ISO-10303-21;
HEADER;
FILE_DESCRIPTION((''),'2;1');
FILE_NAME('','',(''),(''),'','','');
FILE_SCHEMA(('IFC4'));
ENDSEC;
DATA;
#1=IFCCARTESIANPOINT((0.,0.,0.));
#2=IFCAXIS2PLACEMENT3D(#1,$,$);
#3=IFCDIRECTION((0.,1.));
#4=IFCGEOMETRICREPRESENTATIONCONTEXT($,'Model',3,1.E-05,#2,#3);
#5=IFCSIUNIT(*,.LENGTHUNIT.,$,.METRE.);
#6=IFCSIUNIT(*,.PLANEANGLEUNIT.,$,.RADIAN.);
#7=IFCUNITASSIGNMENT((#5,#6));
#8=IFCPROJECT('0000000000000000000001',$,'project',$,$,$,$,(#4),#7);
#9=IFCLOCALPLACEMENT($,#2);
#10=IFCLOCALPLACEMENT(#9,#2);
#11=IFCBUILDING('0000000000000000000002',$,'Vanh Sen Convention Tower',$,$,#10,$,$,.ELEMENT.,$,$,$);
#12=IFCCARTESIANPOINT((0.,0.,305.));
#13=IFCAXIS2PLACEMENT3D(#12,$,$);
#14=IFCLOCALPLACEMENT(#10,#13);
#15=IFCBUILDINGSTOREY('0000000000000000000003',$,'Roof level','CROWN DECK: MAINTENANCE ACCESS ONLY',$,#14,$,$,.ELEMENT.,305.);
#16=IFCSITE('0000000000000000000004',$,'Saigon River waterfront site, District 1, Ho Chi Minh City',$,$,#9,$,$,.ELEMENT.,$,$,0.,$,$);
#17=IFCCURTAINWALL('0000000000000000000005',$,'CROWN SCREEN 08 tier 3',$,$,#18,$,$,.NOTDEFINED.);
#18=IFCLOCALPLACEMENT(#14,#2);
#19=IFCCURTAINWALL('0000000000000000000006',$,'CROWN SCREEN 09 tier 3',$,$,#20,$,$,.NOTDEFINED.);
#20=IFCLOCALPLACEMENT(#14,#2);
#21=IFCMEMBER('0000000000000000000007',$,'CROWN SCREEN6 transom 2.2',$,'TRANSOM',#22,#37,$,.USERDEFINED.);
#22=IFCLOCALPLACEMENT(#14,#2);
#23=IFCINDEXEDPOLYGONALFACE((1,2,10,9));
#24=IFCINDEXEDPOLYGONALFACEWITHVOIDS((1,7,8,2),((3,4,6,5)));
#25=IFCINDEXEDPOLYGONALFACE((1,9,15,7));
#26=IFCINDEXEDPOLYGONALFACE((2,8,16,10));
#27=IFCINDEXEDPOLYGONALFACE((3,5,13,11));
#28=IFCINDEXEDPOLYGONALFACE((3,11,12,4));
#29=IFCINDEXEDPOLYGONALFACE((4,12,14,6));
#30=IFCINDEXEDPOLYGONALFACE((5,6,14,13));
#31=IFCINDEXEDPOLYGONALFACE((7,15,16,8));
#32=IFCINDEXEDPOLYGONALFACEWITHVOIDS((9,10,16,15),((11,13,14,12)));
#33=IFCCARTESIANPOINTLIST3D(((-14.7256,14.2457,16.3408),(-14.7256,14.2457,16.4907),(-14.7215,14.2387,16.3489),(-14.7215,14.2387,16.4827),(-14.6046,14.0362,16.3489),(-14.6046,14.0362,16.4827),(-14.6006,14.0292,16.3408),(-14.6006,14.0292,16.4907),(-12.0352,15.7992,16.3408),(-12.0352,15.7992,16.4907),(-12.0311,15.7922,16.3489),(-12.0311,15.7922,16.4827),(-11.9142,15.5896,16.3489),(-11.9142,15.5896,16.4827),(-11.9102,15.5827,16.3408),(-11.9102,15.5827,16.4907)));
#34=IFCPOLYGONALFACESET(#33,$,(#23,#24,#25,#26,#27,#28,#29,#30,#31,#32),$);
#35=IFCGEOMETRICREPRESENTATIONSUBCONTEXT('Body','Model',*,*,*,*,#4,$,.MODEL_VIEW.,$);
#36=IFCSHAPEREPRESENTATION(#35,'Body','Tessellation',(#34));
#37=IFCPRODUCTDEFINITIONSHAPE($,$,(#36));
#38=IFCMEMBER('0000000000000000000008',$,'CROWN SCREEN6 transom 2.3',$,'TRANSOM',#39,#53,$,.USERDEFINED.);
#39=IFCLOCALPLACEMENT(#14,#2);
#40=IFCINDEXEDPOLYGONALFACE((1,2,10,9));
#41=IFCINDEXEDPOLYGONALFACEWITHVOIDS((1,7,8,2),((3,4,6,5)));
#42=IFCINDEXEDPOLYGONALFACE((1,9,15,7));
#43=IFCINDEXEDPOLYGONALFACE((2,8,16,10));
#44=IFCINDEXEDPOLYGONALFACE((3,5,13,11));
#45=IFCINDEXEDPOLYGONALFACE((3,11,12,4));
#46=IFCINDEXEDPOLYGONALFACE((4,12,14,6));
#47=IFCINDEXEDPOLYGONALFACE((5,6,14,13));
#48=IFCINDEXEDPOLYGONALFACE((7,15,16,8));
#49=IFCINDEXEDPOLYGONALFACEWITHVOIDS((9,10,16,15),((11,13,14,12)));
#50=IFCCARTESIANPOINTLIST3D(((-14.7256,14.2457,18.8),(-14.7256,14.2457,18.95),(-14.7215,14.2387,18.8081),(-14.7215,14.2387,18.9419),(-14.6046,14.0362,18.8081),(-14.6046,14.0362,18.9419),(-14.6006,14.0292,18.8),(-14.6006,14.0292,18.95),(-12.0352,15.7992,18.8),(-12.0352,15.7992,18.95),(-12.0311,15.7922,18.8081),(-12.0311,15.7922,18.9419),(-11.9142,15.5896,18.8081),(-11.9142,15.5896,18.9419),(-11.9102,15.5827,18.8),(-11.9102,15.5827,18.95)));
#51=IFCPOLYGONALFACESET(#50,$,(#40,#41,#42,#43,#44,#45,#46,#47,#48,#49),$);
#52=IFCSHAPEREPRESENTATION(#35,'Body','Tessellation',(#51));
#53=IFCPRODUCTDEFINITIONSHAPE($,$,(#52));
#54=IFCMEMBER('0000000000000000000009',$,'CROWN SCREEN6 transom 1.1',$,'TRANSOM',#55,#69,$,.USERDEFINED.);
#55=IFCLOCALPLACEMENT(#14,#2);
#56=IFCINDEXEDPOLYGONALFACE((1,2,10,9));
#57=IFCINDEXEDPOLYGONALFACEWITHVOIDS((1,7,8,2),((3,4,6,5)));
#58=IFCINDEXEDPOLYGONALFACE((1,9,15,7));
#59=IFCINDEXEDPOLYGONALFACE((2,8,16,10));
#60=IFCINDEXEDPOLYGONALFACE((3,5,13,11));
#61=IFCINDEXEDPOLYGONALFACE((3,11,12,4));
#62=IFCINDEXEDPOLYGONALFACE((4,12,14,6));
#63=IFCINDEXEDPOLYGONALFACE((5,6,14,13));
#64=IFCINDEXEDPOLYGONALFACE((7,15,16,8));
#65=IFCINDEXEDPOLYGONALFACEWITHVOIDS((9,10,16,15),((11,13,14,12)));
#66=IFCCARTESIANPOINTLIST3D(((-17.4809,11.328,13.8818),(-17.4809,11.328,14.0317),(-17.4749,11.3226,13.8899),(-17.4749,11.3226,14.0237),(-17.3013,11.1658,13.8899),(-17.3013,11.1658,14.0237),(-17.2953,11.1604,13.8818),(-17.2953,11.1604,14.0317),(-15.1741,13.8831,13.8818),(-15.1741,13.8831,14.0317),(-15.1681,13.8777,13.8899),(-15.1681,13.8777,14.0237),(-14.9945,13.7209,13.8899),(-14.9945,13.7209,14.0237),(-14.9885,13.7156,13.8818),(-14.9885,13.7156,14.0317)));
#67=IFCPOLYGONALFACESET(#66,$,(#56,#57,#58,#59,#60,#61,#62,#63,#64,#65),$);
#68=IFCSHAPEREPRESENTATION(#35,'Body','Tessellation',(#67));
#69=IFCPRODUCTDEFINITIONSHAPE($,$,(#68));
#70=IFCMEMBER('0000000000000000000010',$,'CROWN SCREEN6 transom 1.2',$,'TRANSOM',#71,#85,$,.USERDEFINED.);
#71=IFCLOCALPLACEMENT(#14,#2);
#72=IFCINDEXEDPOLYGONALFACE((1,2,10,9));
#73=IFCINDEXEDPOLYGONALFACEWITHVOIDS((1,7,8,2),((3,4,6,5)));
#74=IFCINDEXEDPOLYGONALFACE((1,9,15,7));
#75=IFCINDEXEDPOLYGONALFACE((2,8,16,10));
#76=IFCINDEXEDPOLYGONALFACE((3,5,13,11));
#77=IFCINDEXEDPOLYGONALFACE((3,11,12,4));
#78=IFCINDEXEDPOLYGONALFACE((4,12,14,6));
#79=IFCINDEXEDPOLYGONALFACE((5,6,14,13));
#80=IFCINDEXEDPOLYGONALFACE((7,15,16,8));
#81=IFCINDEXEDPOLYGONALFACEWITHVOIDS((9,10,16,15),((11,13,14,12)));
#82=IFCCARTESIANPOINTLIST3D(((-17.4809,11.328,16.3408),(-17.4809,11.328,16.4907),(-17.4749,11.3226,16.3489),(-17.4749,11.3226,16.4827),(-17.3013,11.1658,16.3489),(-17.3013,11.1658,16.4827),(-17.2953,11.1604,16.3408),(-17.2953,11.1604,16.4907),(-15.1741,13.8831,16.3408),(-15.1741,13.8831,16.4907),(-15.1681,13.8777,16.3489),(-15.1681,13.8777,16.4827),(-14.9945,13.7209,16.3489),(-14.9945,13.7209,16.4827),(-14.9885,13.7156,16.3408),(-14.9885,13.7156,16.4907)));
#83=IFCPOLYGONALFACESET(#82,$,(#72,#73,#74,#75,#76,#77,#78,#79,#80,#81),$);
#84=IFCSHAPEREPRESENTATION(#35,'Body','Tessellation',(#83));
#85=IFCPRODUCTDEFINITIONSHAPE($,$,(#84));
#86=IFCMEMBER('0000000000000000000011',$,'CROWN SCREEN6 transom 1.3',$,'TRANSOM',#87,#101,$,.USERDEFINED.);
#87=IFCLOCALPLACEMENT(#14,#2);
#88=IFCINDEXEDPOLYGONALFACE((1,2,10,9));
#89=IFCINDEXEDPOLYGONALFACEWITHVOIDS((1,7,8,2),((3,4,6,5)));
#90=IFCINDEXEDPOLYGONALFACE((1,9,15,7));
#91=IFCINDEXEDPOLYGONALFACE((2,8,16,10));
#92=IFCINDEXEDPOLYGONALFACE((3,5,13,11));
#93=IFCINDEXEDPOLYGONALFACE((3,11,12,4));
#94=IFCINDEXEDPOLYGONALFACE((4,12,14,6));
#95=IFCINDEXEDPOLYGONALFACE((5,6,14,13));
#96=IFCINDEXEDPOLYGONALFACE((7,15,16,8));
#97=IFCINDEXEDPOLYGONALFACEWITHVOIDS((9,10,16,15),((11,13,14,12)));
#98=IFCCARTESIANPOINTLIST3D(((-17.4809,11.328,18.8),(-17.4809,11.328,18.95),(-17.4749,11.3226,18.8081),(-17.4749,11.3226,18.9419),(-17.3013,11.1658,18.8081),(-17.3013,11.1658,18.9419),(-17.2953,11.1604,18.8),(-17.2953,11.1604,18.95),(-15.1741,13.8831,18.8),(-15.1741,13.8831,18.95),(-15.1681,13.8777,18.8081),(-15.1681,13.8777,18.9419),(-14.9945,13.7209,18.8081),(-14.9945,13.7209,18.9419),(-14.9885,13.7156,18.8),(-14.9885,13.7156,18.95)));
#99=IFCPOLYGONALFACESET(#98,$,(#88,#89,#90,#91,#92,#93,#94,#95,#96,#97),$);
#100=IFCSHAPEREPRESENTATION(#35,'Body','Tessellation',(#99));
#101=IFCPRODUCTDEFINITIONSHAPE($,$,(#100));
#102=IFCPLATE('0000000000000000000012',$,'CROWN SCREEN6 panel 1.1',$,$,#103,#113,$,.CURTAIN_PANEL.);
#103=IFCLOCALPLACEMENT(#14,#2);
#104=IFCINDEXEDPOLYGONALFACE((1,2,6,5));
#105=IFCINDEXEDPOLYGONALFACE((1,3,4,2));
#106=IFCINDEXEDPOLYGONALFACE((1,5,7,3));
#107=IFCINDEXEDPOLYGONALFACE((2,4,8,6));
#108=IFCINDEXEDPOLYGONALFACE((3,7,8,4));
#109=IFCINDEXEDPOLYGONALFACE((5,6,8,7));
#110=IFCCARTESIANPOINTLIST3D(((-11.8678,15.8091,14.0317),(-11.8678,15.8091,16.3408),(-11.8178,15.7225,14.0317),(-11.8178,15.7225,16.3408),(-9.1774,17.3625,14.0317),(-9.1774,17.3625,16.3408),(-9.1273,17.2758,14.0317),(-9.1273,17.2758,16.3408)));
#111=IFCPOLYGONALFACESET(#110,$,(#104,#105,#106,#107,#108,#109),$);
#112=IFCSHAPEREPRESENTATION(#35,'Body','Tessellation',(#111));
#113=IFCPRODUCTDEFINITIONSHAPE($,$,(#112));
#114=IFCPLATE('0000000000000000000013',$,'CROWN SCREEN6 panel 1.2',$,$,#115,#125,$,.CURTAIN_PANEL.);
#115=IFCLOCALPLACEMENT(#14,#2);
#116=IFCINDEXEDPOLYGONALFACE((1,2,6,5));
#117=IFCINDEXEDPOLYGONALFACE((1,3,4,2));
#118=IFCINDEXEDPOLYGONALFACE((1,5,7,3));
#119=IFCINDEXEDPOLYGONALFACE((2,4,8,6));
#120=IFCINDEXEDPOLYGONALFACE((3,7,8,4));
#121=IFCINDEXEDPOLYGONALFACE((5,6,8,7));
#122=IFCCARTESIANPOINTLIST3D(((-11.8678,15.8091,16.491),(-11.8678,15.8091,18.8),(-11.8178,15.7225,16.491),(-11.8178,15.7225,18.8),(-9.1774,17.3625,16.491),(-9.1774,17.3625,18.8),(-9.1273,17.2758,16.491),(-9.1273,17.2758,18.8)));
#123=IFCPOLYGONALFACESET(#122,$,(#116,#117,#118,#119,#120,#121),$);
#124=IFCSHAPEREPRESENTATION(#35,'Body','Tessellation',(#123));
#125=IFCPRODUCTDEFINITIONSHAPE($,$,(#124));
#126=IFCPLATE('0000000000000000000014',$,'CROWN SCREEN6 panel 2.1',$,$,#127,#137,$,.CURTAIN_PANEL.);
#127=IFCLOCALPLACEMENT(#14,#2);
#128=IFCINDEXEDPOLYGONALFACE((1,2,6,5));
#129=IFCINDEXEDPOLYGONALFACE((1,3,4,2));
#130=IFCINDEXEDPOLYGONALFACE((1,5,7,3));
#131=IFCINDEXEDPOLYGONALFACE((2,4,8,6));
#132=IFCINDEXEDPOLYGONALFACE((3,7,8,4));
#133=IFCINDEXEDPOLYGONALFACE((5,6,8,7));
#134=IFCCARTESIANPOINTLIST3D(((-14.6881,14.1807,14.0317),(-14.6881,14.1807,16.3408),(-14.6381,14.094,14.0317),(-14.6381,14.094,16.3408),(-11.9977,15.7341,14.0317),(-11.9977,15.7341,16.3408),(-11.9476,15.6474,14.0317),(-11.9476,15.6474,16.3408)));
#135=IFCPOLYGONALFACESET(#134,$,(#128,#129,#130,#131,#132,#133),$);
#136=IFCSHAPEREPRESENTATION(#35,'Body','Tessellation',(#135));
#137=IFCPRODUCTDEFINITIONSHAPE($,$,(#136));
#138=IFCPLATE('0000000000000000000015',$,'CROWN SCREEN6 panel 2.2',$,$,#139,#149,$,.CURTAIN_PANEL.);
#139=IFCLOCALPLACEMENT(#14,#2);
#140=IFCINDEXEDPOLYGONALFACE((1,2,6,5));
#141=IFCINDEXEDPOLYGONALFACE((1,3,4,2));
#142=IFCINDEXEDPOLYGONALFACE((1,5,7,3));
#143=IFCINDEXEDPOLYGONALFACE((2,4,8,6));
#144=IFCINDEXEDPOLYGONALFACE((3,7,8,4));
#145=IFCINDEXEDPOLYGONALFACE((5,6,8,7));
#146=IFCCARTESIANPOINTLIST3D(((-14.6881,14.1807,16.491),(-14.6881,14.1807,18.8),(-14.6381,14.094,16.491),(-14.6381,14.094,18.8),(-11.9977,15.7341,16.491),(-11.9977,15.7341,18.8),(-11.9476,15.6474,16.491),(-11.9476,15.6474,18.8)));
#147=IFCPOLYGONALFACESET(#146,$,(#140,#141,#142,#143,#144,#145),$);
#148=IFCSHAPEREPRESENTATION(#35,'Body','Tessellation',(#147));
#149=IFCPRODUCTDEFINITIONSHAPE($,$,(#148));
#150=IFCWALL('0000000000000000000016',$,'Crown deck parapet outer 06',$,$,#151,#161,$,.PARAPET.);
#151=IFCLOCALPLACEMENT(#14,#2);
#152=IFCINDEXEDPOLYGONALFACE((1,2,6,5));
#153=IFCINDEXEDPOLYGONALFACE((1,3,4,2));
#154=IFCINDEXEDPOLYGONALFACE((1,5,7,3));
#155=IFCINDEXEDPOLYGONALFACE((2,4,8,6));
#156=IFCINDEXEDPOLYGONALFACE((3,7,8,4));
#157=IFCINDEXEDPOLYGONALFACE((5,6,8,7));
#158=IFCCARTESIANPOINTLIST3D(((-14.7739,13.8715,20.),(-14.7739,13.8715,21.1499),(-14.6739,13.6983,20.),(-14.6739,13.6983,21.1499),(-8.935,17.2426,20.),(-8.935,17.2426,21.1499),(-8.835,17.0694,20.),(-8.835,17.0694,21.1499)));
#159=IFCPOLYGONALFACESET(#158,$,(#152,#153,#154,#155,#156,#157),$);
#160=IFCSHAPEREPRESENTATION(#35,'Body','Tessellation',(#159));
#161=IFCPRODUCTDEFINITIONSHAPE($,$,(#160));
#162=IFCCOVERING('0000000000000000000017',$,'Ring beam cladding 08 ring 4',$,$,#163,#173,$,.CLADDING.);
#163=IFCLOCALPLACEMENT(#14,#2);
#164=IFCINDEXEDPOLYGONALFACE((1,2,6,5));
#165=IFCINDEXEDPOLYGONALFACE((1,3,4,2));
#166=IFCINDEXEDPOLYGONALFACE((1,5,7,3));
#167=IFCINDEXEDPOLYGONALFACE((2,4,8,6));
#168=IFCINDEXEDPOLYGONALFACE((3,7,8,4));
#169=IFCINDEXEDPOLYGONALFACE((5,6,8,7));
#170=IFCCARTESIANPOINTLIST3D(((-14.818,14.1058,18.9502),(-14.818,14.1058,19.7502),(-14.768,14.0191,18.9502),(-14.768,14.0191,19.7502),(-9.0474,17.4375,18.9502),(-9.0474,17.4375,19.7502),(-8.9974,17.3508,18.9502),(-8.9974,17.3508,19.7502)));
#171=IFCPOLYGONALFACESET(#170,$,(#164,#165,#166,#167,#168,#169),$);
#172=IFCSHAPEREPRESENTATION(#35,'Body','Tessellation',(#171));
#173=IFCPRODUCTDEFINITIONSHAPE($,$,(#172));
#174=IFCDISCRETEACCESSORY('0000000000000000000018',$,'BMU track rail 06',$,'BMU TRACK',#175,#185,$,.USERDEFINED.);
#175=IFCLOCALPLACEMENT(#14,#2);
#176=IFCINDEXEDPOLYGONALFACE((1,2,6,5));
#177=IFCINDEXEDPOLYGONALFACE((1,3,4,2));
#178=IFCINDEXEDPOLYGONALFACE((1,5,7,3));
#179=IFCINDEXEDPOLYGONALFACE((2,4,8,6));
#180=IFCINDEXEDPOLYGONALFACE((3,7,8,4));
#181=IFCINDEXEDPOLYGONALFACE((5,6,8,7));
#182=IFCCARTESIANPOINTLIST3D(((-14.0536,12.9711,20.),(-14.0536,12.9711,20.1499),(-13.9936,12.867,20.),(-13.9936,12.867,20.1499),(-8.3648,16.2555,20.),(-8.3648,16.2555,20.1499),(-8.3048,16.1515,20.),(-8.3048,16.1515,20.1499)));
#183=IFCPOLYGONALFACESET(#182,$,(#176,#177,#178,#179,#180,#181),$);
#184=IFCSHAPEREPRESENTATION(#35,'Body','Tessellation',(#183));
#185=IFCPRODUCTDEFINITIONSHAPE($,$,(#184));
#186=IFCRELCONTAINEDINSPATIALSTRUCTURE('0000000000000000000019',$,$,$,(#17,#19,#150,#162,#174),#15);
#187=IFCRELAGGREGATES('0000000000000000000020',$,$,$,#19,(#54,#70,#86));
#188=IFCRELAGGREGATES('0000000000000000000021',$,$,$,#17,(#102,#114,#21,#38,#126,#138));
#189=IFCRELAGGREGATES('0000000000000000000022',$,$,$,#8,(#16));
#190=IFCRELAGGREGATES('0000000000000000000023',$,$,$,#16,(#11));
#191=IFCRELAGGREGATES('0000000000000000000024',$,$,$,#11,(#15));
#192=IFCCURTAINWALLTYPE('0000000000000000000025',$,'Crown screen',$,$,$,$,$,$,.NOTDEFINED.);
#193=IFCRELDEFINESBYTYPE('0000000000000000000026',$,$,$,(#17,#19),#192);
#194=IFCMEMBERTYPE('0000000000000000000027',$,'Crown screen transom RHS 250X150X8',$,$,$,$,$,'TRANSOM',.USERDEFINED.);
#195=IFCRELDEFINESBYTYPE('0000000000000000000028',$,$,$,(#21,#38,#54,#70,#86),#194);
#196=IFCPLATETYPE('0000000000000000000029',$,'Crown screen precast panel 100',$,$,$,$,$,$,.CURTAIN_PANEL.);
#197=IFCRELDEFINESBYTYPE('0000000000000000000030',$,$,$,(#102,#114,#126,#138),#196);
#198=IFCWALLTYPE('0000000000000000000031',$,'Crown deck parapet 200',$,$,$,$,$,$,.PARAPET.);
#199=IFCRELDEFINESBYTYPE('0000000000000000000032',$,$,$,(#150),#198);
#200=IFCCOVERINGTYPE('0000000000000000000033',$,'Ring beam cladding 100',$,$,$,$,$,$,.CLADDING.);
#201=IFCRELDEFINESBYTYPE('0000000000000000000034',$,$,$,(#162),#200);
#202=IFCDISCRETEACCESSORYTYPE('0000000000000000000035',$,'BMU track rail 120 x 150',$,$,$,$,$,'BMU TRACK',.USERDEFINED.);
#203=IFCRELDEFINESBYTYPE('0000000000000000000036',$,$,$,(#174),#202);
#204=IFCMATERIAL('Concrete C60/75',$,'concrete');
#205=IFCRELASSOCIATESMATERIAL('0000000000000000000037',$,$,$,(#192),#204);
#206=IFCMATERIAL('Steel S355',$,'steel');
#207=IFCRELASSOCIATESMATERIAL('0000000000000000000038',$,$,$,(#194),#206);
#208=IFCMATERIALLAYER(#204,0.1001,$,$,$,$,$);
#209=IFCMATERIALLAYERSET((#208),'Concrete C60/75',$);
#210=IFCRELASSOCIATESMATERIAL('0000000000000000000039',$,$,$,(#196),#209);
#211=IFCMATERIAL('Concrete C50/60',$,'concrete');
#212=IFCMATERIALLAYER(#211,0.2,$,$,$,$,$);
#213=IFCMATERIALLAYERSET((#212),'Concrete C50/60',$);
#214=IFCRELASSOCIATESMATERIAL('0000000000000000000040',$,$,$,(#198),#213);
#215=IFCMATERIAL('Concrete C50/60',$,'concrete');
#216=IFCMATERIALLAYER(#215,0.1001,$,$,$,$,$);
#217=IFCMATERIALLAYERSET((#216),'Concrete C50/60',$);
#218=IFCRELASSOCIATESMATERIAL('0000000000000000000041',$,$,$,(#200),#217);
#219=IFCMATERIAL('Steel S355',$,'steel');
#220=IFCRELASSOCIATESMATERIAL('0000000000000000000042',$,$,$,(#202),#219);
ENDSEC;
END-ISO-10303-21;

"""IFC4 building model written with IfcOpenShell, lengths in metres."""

from ifc_helpers import new_model, si_unit, direction, frame, frame_2d, origin, origin_2d, place, context, subcontext, project, spatial, rectangle, hollow_rectangle, extrude, material, layer, layer_set, material_profile, profile_set, type_object, element, aggregate, save


model = new_model("IFC4")

# Units and contexts
model_context = context("Model", 3, precision=1e-05, world=origin(), true_north=direction((0.0, 1.0)))
body_context = subcontext(model_context, "Body", "Model", "MODEL_VIEW")
ifc_project = project(units=[si_unit("LENGTHUNIT", "METRE"), si_unit("PLANEANGLEUNIT", "RADIAN")], contexts=[model_context])

# Site, building, storey
site_placement = place(None, origin())
site = spatial("IfcSite", under=ifc_project, at=site_placement, Name="Saigon River waterfront site, District 1, Ho Chi Minh City", CompositionType="ELEMENT", RefElevation=0.0)
building_placement = place(site_placement, origin())
building = spatial("IfcBuilding", under=site, at=building_placement, Name="Vanh Sen Convention Tower", CompositionType="ELEMENT")
storey_placement = place(building_placement, frame((0.0, 0.0, 305.0)))
storey = spatial("IfcBuildingStorey", under=building, at=storey_placement, Name="Roof level", Description="CROWN DECK: MAINTENANCE ACCESS ONLY", CompositionType="ELEMENT", Elevation=305.0)

# Shared definitions
ifc_material_1 = material(Name="Concrete C60/75", Category="concrete")
curtain_wall_type = type_object("IfcCurtainWallType", Name="Crown screen", PredefinedType="NOTDEFINED", material=ifc_material_1)
ifc_material_2 = material(Name="Steel S355", Category="steel")

# Curtain wall
curtain_wall_1_placement = place(storey_placement, origin())
curtain_wall_1 = element("IfcCurtainWall", 1, at=curtain_wall_1_placement, inside=storey, type_object=curtain_wall_type, Name="CROWN SCREEN 08 tier 3", PredefinedType="NOTDEFINED")

# Curtain wall
curtain_wall_2_placement = place(storey_placement, origin())
curtain_wall_2 = element("IfcCurtainWall", 2, at=curtain_wall_2_placement, inside=storey, type_object=curtain_wall_type, Name="CROWN SCREEN 09 tier 3", PredefinedType="NOTDEFINED")

# Members
ifc_material_profile_1 = material_profile(ifc_material_2, hollow_rectangle(XDim=0.25, YDim=0.1499, WallThickness=0.0081, at=origin_2d()), Name="RHS 250X150X8")
ifc_profile_set_1 = profile_set([ifc_material_profile_1], Name="Steel S355")
member_type_1 = type_object("IfcMemberType", Name="Crown screen transom RHS 250X150X8", ElementType="TRANSOM", PredefinedType="USERDEFINED", material=ifc_profile_set_1)
member_1_placement = place(storey_placement, frame((-11.9727, 15.6909, 16.4158), z_axis=(-0.866005, -0.500035, 0.0), x_axis=(0.500035, -0.866005, 0.0)))
member_1 = element("IfcMember", 3, at=member_1_placement, type_object=member_type_1, Name="CROWN SCREEN6 transom 2.2", ObjectType="TRANSOM", PredefinedType="USERDEFINED", context=body_context, shape_type="SweptSolid", body=[
    extrude(hollow_rectangle(XDim=0.25, YDim=0.1499, WallThickness=0.0081, at=origin_2d()), origin(), (0.0, 0.0, 1.0), 3.1067),
])
member_2_placement = place(storey_placement, frame((-11.9727, 15.6909, 18.875), z_axis=(-0.866005, -0.500035, 0.0), x_axis=(0.500035, -0.866005, 0.0)))
member_2 = element("IfcMember", 4, at=member_2_placement, type_object=member_type_1, Name="CROWN SCREEN6 transom 2.3", ObjectType="TRANSOM", PredefinedType="USERDEFINED", context=body_context, shape_type="SweptSolid", body=[
    extrude(hollow_rectangle(XDim=0.25, YDim=0.1499, WallThickness=0.0081, at=origin_2d()), origin(), (0.0, 0.0, 1.0), 3.1067),
])
member_3_placement = place(storey_placement, frame((-15.0813, 13.7993, 13.9568), z_axis=(-0.670124, -0.742249, 0.0), x_axis=(0.742249, -0.670124, 0.0)))
member_3 = element("IfcMember", 5, at=member_3_placement, type_object=member_type_1, Name="CROWN SCREEN6 transom 1.1", ObjectType="TRANSOM", PredefinedType="USERDEFINED", context=body_context, shape_type="SweptSolid", body=[
    extrude(hollow_rectangle(XDim=0.25, YDim=0.1499, WallThickness=0.0081, at=origin_2d()), origin(), (0.0, 0.0, 1.0), 3.4424),
])
member_4_placement = place(storey_placement, frame((-15.0813, 13.7993, 16.4158), z_axis=(-0.670124, -0.742249, 0.0), x_axis=(0.742249, -0.670124, 0.0)))
member_4 = element("IfcMember", 6, at=member_4_placement, type_object=member_type_1, Name="CROWN SCREEN6 transom 1.2", ObjectType="TRANSOM", PredefinedType="USERDEFINED", context=body_context, shape_type="SweptSolid", body=[
    extrude(hollow_rectangle(XDim=0.25, YDim=0.1499, WallThickness=0.0081, at=origin_2d()), origin(), (0.0, 0.0, 1.0), 3.4424),
])
member_5_placement = place(storey_placement, frame((-15.0813, 13.7993, 18.875), z_axis=(-0.670124, -0.742249, 0.0), x_axis=(0.742249, -0.670124, 0.0)))
member_5 = element("IfcMember", 7, at=member_5_placement, type_object=member_type_1, Name="CROWN SCREEN6 transom 1.3", ObjectType="TRANSOM", PredefinedType="USERDEFINED", context=body_context, shape_type="SweptSolid", body=[
    extrude(hollow_rectangle(XDim=0.25, YDim=0.1499, WallThickness=0.0081, at=origin_2d()), origin(), (0.0, 0.0, 1.0), 3.4424),
])
aggregate(curtain_wall_2, [member_3, member_4, member_5])

# Plates
ifc_layer_1 = layer(ifc_material_1, 0.1001)
ifc_layer_set_1 = layer_set([ifc_layer_1], Name="Concrete C60/75")
plate_type = type_object("IfcPlateType", Name="Crown screen precast panel 100", PredefinedType="CURTAIN_PANEL", material=ifc_layer_set_1)
plate_1_placement = place(storey_placement, frame((-10.4976, 16.5425, 14.0317), z_axis=(0.0, 0.0, 1.0), x_axis=(-0.866023, -0.500005, 0.0)))
plate_1 = element("IfcPlate", 8, at=plate_1_placement, type_object=plate_type, Name="CROWN SCREEN6 panel 1.1", PredefinedType="CURTAIN_PANEL", context=body_context, shape_type="SweptSolid", body=[
    extrude(rectangle(XDim=3.1067, YDim=0.1001, at=origin_2d()), origin(), (0.0, 0.0, 1.0), 2.3091),
])
plate_2_placement = place(storey_placement, frame((-10.4976, 16.5425, 16.491), z_axis=(0.0, 0.0, 1.0), x_axis=(-0.866023, -0.500005, 0.0)))
plate_2 = element("IfcPlate", 9, at=plate_2_placement, type_object=plate_type, Name="CROWN SCREEN6 panel 1.2", PredefinedType="CURTAIN_PANEL", context=body_context, shape_type="SweptSolid", body=[
    extrude(rectangle(XDim=3.1067, YDim=0.1001, at=origin_2d()), origin(), (0.0, 0.0, 1.0), 2.3091),
])
plate_3_placement = place(storey_placement, frame((-13.3179, 14.9141, 14.0317), z_axis=(0.0, 0.0, 1.0), x_axis=(-0.866023, -0.500005, 0.0)))
plate_3 = element("IfcPlate", 10, at=plate_3_placement, type_object=plate_type, Name="CROWN SCREEN6 panel 2.1", PredefinedType="CURTAIN_PANEL", context=body_context, shape_type="SweptSolid", body=[
    extrude(rectangle(XDim=3.1067, YDim=0.1001, at=origin_2d()), origin(), (0.0, 0.0, 1.0), 2.3091),
])
plate_4_placement = place(storey_placement, frame((-13.3179, 14.9141, 16.491), z_axis=(0.0, 0.0, 1.0), x_axis=(-0.866023, -0.500005, 0.0)))
plate_4 = element("IfcPlate", 11, at=plate_4_placement, type_object=plate_type, Name="CROWN SCREEN6 panel 2.2", PredefinedType="CURTAIN_PANEL", context=body_context, shape_type="SweptSolid", body=[
    extrude(rectangle(XDim=3.1067, YDim=0.1001, at=origin_2d()), origin(), (0.0, 0.0, 1.0), 2.3091),
])
aggregate(curtain_wall_1, [plate_1, plate_2, member_1, member_2, plate_3, plate_4])

# Wall
ifc_material_3 = material(Name="Concrete C50/60", Category="concrete")
ifc_layer_2 = layer(ifc_material_3, 0.2)
ifc_layer_set_2 = layer_set([ifc_layer_2], Name="Concrete C50/60")
wall_type = type_object("IfcWallType", Name="Crown deck parapet 200", PredefinedType="PARAPET", material=ifc_layer_set_2)
wall_placement = place(storey_placement, frame((-8.885, 17.156, 20.0), z_axis=(0.0, 0.0, 1.0), x_axis=(-0.866024, -0.500002, 0.0)))
element("IfcWall", 12, at=wall_placement, inside=storey, type_object=wall_type, Name="Crown deck parapet outer 06", PredefinedType="PARAPET", context=body_context, shape_type="SweptSolid", body=[
    extrude(rectangle(XDim=6.7422, YDim=0.2, at=frame_2d((3.3711, 0.0))), origin(), (0.0, 0.0, 1.0), 1.1499),
])

# Covering
ifc_material_4 = material(Name="Concrete C50/60", Category="concrete")
ifc_layer_3 = layer(ifc_material_4, 0.1001)
ifc_layer_set_3 = layer_set([ifc_layer_3], Name="Concrete C50/60")
covering_type = type_object("IfcCoveringType", Name="Ring beam cladding 100", PredefinedType="CLADDING", material=ifc_layer_set_3)
covering_placement = place(storey_placement, frame((-11.9077, 15.7283, 18.9502), z_axis=(0.0, 0.0, 1.0), x_axis=(-0.866023, -0.500005, 0.0)))
element("IfcCovering", 13, at=covering_placement, inside=storey, type_object=covering_type, Name="Ring beam cladding 08 ring 4", PredefinedType="CLADDING", context=body_context, shape_type="SweptSolid", body=[
    extrude(rectangle(XDim=6.6633, YDim=0.1001, at=origin_2d()), origin(), (0.0, 0.0, 1.0), 0.8),
])

# Discrete accessory
ifc_material_5 = material(Name="Steel S355", Category="steel")
discrete_accessory_type_1 = type_object("IfcDiscreteAccessoryType", Name="BMU track rail 120 x 150", ElementType="BMU TRACK", PredefinedType="USERDEFINED", material=ifc_material_5)
discrete_accessory_1_placement = place(storey_placement, frame((-11.1792, 14.5613, 20.0), z_axis=(0.0, 0.0, 1.0), x_axis=(-0.866024, -0.500003, 0.0)))
element("IfcDiscreteAccessory", 14, at=discrete_accessory_1_placement, inside=storey, type_object=discrete_accessory_type_1, Name="BMU track rail 06", ObjectType="BMU TRACK", PredefinedType="USERDEFINED", context=body_context, shape_type="SweptSolid", body=[
    extrude(rectangle(XDim=6.5688, YDim=0.1201, at=origin_2d()), origin(), (0.0, 0.0, 1.0), 0.1499),
])

save(model, "model.ifc")
